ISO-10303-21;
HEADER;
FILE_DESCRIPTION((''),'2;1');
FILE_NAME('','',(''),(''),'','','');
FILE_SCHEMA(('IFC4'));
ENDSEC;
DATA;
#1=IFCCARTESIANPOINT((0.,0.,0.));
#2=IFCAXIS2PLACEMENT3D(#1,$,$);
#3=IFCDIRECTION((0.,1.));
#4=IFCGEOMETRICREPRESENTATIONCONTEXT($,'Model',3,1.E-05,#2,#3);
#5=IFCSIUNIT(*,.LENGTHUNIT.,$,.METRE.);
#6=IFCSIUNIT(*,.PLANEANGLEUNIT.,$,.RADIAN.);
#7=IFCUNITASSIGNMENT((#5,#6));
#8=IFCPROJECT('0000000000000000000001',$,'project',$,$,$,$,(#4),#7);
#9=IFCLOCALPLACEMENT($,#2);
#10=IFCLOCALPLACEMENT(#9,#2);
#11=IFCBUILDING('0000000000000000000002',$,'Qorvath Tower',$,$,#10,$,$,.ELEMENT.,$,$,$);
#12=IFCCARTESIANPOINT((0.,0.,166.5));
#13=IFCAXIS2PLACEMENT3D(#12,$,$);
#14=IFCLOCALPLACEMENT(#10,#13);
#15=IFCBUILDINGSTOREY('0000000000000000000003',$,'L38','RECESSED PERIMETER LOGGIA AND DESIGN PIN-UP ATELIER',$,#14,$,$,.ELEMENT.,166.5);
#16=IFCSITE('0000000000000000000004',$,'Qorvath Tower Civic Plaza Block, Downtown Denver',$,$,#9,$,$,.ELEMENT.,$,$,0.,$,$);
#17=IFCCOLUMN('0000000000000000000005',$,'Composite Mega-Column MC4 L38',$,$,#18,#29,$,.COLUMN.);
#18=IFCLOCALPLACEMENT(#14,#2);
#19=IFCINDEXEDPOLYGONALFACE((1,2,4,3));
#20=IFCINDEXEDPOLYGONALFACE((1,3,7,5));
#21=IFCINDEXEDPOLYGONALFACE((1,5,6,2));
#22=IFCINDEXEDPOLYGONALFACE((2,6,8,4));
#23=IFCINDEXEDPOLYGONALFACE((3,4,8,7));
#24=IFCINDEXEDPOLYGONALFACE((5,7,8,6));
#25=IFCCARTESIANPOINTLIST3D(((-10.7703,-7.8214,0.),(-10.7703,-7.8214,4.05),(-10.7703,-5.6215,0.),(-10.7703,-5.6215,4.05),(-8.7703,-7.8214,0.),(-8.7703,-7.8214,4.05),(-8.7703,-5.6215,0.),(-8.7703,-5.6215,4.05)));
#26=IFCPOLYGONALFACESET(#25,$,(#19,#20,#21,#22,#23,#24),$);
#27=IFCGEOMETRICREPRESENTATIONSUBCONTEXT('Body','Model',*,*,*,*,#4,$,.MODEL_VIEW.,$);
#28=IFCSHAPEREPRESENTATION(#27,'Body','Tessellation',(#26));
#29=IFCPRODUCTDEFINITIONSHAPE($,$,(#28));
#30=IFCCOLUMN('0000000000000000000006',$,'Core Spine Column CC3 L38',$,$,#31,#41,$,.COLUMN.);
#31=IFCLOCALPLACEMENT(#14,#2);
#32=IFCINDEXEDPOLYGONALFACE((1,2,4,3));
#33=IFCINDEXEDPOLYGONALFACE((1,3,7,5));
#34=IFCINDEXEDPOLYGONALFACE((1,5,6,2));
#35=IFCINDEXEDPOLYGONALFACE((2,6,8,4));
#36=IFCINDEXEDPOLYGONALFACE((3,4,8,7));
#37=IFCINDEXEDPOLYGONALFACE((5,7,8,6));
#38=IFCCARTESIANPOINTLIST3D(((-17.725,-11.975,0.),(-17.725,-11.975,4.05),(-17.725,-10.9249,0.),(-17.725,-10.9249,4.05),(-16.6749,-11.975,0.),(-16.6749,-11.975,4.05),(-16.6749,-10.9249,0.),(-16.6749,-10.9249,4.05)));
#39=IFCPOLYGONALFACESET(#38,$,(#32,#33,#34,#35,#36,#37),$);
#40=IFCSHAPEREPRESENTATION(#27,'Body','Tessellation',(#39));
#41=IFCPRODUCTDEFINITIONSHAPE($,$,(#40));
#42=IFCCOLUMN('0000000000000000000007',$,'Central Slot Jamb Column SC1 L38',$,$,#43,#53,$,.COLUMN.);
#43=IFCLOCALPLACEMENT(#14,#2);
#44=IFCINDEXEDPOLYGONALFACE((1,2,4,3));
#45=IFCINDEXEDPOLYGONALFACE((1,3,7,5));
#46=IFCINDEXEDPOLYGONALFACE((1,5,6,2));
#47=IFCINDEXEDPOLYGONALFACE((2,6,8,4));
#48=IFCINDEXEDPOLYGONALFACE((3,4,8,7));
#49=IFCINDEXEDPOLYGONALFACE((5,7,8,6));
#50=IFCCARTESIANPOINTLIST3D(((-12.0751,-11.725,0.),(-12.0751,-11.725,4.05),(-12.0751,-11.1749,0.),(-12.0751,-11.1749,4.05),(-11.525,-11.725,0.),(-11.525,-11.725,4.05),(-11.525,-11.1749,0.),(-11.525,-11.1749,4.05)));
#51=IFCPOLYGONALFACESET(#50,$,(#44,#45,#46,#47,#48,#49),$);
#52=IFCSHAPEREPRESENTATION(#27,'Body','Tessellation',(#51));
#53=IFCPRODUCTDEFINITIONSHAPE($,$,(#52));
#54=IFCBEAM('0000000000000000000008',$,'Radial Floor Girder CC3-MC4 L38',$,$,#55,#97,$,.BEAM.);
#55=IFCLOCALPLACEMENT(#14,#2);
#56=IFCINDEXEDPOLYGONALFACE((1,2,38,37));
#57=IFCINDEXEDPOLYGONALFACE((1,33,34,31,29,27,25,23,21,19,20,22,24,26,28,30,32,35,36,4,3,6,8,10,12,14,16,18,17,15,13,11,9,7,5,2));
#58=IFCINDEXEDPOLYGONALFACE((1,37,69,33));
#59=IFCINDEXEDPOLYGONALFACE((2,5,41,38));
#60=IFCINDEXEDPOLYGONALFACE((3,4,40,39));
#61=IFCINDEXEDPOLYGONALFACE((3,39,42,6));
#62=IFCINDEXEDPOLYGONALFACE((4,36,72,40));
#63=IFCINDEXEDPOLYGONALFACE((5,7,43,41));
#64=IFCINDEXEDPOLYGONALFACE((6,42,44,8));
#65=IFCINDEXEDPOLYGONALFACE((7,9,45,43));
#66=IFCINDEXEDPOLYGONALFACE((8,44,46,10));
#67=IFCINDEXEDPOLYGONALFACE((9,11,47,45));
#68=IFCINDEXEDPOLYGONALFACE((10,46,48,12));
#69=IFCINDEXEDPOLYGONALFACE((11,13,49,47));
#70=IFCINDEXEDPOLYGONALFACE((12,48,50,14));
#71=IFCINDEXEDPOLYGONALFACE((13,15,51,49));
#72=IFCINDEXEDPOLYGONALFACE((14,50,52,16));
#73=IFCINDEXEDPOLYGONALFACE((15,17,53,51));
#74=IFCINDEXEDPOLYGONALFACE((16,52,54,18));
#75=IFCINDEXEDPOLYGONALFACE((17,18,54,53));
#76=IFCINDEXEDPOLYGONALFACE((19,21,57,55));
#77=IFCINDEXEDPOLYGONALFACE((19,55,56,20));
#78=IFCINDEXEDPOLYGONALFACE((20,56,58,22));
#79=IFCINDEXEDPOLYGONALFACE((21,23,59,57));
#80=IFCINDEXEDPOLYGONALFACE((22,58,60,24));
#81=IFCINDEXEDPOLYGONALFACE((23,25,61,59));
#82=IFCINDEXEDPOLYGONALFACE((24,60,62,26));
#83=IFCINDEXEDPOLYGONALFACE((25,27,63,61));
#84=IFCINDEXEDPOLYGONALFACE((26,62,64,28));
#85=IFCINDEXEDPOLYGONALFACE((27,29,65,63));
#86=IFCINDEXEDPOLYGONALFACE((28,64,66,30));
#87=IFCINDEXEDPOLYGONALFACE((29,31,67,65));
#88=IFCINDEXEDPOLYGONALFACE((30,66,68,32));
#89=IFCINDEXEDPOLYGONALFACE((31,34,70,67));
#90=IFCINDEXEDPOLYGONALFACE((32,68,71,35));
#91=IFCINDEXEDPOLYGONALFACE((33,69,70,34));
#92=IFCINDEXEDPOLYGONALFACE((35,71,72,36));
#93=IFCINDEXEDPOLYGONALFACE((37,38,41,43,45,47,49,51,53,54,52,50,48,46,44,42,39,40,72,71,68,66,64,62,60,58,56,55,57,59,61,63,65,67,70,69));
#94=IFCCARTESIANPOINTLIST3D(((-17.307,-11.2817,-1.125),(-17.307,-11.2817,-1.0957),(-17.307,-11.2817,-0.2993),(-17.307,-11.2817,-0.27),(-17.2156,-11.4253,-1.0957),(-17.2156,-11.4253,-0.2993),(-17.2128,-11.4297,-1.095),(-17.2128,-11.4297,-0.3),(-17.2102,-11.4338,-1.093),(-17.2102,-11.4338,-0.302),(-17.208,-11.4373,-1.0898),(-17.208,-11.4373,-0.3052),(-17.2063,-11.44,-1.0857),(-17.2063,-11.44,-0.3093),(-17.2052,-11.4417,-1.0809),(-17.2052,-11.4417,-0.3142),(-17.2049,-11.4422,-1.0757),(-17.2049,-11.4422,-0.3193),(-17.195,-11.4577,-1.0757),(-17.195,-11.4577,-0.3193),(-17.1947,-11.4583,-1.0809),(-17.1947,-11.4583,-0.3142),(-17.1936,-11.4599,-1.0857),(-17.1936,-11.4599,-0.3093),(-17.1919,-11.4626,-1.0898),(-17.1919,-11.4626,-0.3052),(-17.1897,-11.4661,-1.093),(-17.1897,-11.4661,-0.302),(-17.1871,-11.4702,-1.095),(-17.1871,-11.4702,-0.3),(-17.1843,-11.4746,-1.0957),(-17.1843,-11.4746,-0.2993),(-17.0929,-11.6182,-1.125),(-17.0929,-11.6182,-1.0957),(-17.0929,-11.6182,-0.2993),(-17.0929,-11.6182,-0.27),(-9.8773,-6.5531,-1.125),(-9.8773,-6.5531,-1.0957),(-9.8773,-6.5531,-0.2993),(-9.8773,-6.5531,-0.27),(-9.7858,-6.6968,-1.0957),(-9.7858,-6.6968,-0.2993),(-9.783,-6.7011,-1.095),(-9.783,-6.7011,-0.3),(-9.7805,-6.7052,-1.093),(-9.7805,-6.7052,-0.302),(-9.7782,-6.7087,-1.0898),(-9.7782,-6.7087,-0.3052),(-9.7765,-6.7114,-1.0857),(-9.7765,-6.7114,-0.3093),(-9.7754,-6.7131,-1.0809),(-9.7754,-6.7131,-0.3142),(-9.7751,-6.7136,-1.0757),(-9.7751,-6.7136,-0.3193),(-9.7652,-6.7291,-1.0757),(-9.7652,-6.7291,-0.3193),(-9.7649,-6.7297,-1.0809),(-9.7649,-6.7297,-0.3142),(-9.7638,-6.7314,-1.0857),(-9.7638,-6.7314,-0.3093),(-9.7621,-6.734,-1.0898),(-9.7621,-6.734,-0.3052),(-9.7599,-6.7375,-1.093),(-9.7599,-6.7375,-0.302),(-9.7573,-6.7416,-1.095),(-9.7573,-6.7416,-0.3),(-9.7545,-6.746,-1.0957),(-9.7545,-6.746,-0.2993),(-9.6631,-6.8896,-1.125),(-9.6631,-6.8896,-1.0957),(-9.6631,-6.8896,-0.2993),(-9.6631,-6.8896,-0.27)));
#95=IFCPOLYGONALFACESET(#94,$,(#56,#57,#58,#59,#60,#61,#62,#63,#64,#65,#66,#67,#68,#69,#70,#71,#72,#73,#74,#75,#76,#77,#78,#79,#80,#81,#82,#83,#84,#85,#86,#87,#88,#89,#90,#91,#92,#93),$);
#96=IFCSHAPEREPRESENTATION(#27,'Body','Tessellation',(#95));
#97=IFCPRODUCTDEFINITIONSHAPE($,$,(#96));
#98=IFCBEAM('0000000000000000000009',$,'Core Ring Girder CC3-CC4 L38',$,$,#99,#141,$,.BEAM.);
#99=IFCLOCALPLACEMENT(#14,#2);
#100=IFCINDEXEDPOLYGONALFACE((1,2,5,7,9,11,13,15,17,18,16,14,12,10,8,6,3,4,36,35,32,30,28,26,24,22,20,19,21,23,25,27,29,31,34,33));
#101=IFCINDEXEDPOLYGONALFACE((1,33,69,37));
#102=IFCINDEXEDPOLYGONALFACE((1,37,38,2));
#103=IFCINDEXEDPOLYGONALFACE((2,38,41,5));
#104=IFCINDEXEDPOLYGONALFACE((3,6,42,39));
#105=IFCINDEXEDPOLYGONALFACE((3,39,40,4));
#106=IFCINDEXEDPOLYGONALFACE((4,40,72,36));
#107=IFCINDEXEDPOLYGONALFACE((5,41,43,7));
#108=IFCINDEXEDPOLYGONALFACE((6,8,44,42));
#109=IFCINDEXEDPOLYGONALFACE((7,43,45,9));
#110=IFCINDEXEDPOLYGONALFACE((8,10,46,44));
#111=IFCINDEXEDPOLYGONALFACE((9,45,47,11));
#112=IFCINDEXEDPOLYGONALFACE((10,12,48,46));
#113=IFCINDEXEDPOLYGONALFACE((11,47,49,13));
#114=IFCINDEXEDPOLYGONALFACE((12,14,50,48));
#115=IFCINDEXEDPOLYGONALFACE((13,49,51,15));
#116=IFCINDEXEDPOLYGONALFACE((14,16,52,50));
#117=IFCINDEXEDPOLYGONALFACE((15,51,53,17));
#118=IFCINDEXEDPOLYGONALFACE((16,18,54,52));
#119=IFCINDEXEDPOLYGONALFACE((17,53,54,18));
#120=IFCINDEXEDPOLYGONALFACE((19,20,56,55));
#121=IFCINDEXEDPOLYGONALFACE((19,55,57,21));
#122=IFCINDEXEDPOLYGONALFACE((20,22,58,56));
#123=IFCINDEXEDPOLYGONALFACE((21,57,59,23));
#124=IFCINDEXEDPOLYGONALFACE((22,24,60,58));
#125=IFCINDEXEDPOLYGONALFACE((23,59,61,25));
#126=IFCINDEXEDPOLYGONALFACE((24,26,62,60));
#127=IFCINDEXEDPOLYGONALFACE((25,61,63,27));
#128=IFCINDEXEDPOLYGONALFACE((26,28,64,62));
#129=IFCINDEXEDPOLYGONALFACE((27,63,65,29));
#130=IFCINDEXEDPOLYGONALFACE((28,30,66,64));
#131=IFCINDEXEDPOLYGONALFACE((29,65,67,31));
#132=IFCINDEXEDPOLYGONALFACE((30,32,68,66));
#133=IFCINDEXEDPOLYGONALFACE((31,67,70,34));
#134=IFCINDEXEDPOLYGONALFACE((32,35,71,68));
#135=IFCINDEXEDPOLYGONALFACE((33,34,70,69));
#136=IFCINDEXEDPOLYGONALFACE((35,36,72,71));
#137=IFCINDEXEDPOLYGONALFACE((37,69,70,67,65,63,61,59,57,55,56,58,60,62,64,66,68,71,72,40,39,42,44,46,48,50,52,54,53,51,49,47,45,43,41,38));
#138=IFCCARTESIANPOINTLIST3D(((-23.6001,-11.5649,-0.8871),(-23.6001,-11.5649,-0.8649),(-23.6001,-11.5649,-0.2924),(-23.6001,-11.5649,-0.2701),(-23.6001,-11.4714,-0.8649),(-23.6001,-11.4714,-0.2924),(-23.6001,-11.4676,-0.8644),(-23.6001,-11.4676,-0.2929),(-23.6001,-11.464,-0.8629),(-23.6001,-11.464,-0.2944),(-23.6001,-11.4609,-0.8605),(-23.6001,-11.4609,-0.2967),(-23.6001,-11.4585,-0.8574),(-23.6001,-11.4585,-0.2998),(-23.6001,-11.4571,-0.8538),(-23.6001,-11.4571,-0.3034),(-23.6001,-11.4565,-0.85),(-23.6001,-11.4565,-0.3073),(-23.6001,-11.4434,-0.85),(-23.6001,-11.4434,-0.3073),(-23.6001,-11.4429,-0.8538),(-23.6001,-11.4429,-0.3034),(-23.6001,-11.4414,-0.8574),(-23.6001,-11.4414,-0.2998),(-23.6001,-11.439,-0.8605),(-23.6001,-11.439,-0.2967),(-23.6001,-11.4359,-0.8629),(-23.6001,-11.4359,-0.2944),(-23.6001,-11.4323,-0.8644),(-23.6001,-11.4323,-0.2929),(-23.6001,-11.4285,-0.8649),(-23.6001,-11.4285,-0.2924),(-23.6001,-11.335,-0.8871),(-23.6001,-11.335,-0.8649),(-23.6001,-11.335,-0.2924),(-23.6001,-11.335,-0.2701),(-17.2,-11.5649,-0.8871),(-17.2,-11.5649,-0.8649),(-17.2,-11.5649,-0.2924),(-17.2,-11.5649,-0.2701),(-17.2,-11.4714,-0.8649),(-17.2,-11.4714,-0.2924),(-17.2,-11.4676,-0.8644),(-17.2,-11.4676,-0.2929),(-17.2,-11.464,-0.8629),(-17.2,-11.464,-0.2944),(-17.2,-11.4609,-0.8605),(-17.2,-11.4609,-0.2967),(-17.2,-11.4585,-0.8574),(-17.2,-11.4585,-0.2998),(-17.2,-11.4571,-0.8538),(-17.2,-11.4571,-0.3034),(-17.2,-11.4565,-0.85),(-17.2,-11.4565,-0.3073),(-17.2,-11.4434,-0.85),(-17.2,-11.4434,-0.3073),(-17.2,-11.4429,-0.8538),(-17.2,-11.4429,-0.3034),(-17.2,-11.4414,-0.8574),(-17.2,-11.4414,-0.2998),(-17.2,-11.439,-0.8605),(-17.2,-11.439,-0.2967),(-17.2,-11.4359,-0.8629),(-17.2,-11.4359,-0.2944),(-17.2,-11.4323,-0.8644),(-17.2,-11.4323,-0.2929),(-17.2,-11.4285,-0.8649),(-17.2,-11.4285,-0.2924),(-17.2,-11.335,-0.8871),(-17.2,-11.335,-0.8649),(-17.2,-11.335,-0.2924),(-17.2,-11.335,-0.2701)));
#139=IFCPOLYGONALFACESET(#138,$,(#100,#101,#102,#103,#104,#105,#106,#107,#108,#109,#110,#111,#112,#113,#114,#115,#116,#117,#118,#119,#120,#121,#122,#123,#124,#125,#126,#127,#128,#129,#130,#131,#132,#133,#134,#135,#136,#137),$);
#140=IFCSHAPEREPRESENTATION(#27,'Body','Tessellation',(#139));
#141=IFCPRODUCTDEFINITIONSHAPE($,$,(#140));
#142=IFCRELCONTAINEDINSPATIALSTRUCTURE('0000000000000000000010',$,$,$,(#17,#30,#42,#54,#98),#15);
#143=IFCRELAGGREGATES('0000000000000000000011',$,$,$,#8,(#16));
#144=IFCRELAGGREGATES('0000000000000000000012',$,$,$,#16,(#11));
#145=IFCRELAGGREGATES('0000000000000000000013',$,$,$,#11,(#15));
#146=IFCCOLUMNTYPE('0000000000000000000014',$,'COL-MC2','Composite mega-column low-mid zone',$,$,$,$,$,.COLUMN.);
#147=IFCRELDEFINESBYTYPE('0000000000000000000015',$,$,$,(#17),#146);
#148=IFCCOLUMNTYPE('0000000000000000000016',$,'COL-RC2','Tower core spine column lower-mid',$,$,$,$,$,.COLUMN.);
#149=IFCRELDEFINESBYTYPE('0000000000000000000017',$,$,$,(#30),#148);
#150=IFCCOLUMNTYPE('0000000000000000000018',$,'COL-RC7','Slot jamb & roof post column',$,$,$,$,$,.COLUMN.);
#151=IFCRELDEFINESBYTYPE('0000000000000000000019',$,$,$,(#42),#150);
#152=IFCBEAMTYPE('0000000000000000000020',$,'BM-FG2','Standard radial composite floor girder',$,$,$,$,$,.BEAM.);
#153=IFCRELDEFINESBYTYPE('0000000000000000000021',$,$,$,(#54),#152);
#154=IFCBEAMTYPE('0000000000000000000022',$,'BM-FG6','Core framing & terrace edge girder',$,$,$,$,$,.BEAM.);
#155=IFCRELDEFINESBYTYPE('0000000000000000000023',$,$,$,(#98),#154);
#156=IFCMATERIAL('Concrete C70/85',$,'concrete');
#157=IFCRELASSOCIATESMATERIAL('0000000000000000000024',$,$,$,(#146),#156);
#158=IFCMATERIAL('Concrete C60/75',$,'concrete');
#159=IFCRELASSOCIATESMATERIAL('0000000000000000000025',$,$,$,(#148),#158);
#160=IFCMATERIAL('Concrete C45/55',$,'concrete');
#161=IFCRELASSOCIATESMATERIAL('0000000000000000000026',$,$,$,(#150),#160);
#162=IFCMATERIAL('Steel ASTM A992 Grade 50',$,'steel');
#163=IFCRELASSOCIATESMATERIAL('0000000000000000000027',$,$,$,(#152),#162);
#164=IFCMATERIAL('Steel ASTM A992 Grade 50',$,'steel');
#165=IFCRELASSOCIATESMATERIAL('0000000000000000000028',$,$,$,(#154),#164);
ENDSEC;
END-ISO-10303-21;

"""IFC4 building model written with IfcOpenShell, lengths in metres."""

from ifc_helpers import new_model, si_unit, direction, frame, origin, origin_2d, place, context, subcontext, project, spatial, rectangle, i_section, extrude, material, material_profile, profile_set, type_object, element, save


model = new_model("IFC4")

# Units and contexts
model_context = context("Model", 3, precision=1e-05, world=origin(), true_north=direction((0.0, 1.0)))
body_context = subcontext(model_context, "Body", "Model", "MODEL_VIEW")
ifc_project = project(units=[si_unit("LENGTHUNIT", "METRE"), si_unit("PLANEANGLEUNIT", "RADIAN")], contexts=[model_context])

# Site, building, storey
site_placement = place(None, origin())
site = spatial("IfcSite", under=ifc_project, at=site_placement, Name="Qorvath Tower Civic Plaza Block, Downtown Denver", CompositionType="ELEMENT", RefElevation=0.0)
building_placement = place(site_placement, origin())
building = spatial("IfcBuilding", under=site, at=building_placement, Name="Qorvath Tower", CompositionType="ELEMENT")
storey_placement = place(building_placement, frame((0.0, 0.0, 166.5)))
storey = spatial("IfcBuildingStorey", under=building, at=storey_placement, Name="L38", Description="RECESSED PERIMETER LOGGIA AND DESIGN PIN-UP ATELIER", CompositionType="ELEMENT", Elevation=166.5)

# Columns
ifc_material_1 = material(Name="Concrete C70/85", Category="concrete")
ifc_material_profile_1 = material_profile(ifc_material_1, rectangle(XDim=2.0, YDim=2.2, at=origin_2d()), Name="MC 2200x2000")
ifc_profile_set_1 = profile_set([ifc_material_profile_1], Name="Concrete C70/85")
column_type_1 = type_object("IfcColumnType", Name="COL-MC2", Description="Composite mega-column low-mid zone", PredefinedType="COLUMN", material=ifc_profile_set_1)
column_1_placement = place(storey_placement, frame((-9.7703, -6.7214, 0.0), z_axis=(0.0, 0.0, 1.0), x_axis=(1.0, 0.0, 0.0)))
element("IfcColumn", 1, at=column_1_placement, inside=storey, type_object=column_type_1, Name="Composite Mega-Column MC4 L38", PredefinedType="COLUMN", context=body_context, shape_type="SweptSolid", body=[
    extrude(rectangle(XDim=2.0, YDim=2.2, at=origin_2d()), origin(), (0.0, 0.0, 1.0), 4.05),
])
ifc_material_2 = material(Name="Concrete C60/75", Category="concrete")
ifc_material_profile_2 = material_profile(ifc_material_2, rectangle(XDim=1.05, YDim=1.05, at=origin_2d()), Name="RC 1050x1050")
ifc_profile_set_2 = profile_set([ifc_material_profile_2], Name="Concrete C60/75")
column_type_2 = type_object("IfcColumnType", Name="COL-RC2", Description="Tower core spine column lower-mid", PredefinedType="COLUMN", material=ifc_profile_set_2)
column_2_placement = place(storey_placement, frame((-17.2, -11.45, 0.0), z_axis=(0.0, 0.0, 1.0), x_axis=(1.0, 0.0, 0.0)))
element("IfcColumn", 2, at=column_2_placement, inside=storey, type_object=column_type_2, Name="Core Spine Column CC3 L38", PredefinedType="COLUMN", context=body_context, shape_type="SweptSolid", body=[
    extrude(rectangle(XDim=1.05, YDim=1.05, at=origin_2d()), origin(), (0.0, 0.0, 1.0), 4.05),
])
ifc_material_3 = material(Name="Concrete C45/55", Category="concrete")
ifc_material_profile_3 = material_profile(ifc_material_3, rectangle(XDim=0.55, YDim=0.55, at=origin_2d()), Name="RC 550x550")
ifc_profile_set_3 = profile_set([ifc_material_profile_3], Name="Concrete C45/55")
column_type_3 = type_object("IfcColumnType", Name="COL-RC7", Description="Slot jamb & roof post column", PredefinedType="COLUMN", material=ifc_profile_set_3)
column_3_placement = place(storey_placement, frame((-11.8, -11.45, 0.0), z_axis=(0.0, 0.0, 1.0), x_axis=(1.0, 0.0, 0.0)))
element("IfcColumn", 3, at=column_3_placement, inside=storey, type_object=column_type_3, Name="Central Slot Jamb Column SC1 L38", PredefinedType="COLUMN", context=body_context, shape_type="SweptSolid", body=[
    extrude(rectangle(XDim=0.55, YDim=0.55, at=origin_2d()), origin(), (0.0, 0.0, 1.0), 4.05),
])

# Beams
ifc_material_4 = material(Name="Steel ASTM A992 Grade 50", Category="steel")
ifc_material_profile_4 = material_profile(ifc_material_4, i_section(OverallWidth=0.3989, OverallDepth=0.855, WebThickness=0.0183, FlangeThickness=0.0293, FilletRadius=0.02, at=origin_2d()), Name="W33x201")
ifc_profile_set_4 = profile_set([ifc_material_profile_4], Name="Steel ASTM A992 Grade 50")
beam_type_1 = type_object("IfcBeamType", Name="BM-FG2", Description="Standard radial composite floor girder", PredefinedType="BEAM", material=ifc_profile_set_4)
beam_1_placement = place(storey_placement, frame((-17.2, -11.45, -0.6975), z_axis=(0.843634, 0.536919, 0.0), x_axis=(-0.536919, 0.843634, 0.0)))
element("IfcBeam", 4, at=beam_1_placement, inside=storey, type_object=beam_type_1, Name="Radial Floor Girder CC3-MC4 L38", PredefinedType="BEAM", context=body_context, shape_type="SweptSolid", body=[
    extrude(i_section(OverallWidth=0.3989, OverallDepth=0.855, WebThickness=0.0183, FlangeThickness=0.0293, FilletRadius=0.02, at=origin_2d()), origin(), (0.0, 0.0, 1.0), 8.8069),
])
ifc_material_5 = material(Name="Steel ASTM A992 Grade 50", Category="steel")
ifc_material_profile_5 = material_profile(ifc_material_5, i_section(OverallWidth=0.23, OverallDepth=0.6169, WebThickness=0.0132, FlangeThickness=0.0222, FilletRadius=0.0149, at=origin_2d()), Name="W24x94")
ifc_profile_set_5 = profile_set([ifc_material_profile_5], Name="Steel ASTM A992 Grade 50")
beam_type_2 = type_object("IfcBeamType", Name="BM-FG6", Description="Core framing & terrace edge girder", PredefinedType="BEAM", material=ifc_profile_set_5)
beam_2_placement = place(storey_placement, frame((-17.2, -11.45, -0.5786), z_axis=(-1.0, 0.0, 0.0), x_axis=(0.0, -1.0, 0.0)))
element("IfcBeam", 5, at=beam_2_placement, inside=storey, type_object=beam_type_2, Name="Core Ring Girder CC3-CC4 L38", PredefinedType="BEAM", context=body_context, shape_type="SweptSolid", body=[
    extrude(i_section(OverallWidth=0.23, OverallDepth=0.6169, WebThickness=0.0132, FlangeThickness=0.0222, FilletRadius=0.0149, at=origin_2d()), origin(), (0.0, 0.0, 1.0), 6.4001),
])

save(model, "model.ifc")
